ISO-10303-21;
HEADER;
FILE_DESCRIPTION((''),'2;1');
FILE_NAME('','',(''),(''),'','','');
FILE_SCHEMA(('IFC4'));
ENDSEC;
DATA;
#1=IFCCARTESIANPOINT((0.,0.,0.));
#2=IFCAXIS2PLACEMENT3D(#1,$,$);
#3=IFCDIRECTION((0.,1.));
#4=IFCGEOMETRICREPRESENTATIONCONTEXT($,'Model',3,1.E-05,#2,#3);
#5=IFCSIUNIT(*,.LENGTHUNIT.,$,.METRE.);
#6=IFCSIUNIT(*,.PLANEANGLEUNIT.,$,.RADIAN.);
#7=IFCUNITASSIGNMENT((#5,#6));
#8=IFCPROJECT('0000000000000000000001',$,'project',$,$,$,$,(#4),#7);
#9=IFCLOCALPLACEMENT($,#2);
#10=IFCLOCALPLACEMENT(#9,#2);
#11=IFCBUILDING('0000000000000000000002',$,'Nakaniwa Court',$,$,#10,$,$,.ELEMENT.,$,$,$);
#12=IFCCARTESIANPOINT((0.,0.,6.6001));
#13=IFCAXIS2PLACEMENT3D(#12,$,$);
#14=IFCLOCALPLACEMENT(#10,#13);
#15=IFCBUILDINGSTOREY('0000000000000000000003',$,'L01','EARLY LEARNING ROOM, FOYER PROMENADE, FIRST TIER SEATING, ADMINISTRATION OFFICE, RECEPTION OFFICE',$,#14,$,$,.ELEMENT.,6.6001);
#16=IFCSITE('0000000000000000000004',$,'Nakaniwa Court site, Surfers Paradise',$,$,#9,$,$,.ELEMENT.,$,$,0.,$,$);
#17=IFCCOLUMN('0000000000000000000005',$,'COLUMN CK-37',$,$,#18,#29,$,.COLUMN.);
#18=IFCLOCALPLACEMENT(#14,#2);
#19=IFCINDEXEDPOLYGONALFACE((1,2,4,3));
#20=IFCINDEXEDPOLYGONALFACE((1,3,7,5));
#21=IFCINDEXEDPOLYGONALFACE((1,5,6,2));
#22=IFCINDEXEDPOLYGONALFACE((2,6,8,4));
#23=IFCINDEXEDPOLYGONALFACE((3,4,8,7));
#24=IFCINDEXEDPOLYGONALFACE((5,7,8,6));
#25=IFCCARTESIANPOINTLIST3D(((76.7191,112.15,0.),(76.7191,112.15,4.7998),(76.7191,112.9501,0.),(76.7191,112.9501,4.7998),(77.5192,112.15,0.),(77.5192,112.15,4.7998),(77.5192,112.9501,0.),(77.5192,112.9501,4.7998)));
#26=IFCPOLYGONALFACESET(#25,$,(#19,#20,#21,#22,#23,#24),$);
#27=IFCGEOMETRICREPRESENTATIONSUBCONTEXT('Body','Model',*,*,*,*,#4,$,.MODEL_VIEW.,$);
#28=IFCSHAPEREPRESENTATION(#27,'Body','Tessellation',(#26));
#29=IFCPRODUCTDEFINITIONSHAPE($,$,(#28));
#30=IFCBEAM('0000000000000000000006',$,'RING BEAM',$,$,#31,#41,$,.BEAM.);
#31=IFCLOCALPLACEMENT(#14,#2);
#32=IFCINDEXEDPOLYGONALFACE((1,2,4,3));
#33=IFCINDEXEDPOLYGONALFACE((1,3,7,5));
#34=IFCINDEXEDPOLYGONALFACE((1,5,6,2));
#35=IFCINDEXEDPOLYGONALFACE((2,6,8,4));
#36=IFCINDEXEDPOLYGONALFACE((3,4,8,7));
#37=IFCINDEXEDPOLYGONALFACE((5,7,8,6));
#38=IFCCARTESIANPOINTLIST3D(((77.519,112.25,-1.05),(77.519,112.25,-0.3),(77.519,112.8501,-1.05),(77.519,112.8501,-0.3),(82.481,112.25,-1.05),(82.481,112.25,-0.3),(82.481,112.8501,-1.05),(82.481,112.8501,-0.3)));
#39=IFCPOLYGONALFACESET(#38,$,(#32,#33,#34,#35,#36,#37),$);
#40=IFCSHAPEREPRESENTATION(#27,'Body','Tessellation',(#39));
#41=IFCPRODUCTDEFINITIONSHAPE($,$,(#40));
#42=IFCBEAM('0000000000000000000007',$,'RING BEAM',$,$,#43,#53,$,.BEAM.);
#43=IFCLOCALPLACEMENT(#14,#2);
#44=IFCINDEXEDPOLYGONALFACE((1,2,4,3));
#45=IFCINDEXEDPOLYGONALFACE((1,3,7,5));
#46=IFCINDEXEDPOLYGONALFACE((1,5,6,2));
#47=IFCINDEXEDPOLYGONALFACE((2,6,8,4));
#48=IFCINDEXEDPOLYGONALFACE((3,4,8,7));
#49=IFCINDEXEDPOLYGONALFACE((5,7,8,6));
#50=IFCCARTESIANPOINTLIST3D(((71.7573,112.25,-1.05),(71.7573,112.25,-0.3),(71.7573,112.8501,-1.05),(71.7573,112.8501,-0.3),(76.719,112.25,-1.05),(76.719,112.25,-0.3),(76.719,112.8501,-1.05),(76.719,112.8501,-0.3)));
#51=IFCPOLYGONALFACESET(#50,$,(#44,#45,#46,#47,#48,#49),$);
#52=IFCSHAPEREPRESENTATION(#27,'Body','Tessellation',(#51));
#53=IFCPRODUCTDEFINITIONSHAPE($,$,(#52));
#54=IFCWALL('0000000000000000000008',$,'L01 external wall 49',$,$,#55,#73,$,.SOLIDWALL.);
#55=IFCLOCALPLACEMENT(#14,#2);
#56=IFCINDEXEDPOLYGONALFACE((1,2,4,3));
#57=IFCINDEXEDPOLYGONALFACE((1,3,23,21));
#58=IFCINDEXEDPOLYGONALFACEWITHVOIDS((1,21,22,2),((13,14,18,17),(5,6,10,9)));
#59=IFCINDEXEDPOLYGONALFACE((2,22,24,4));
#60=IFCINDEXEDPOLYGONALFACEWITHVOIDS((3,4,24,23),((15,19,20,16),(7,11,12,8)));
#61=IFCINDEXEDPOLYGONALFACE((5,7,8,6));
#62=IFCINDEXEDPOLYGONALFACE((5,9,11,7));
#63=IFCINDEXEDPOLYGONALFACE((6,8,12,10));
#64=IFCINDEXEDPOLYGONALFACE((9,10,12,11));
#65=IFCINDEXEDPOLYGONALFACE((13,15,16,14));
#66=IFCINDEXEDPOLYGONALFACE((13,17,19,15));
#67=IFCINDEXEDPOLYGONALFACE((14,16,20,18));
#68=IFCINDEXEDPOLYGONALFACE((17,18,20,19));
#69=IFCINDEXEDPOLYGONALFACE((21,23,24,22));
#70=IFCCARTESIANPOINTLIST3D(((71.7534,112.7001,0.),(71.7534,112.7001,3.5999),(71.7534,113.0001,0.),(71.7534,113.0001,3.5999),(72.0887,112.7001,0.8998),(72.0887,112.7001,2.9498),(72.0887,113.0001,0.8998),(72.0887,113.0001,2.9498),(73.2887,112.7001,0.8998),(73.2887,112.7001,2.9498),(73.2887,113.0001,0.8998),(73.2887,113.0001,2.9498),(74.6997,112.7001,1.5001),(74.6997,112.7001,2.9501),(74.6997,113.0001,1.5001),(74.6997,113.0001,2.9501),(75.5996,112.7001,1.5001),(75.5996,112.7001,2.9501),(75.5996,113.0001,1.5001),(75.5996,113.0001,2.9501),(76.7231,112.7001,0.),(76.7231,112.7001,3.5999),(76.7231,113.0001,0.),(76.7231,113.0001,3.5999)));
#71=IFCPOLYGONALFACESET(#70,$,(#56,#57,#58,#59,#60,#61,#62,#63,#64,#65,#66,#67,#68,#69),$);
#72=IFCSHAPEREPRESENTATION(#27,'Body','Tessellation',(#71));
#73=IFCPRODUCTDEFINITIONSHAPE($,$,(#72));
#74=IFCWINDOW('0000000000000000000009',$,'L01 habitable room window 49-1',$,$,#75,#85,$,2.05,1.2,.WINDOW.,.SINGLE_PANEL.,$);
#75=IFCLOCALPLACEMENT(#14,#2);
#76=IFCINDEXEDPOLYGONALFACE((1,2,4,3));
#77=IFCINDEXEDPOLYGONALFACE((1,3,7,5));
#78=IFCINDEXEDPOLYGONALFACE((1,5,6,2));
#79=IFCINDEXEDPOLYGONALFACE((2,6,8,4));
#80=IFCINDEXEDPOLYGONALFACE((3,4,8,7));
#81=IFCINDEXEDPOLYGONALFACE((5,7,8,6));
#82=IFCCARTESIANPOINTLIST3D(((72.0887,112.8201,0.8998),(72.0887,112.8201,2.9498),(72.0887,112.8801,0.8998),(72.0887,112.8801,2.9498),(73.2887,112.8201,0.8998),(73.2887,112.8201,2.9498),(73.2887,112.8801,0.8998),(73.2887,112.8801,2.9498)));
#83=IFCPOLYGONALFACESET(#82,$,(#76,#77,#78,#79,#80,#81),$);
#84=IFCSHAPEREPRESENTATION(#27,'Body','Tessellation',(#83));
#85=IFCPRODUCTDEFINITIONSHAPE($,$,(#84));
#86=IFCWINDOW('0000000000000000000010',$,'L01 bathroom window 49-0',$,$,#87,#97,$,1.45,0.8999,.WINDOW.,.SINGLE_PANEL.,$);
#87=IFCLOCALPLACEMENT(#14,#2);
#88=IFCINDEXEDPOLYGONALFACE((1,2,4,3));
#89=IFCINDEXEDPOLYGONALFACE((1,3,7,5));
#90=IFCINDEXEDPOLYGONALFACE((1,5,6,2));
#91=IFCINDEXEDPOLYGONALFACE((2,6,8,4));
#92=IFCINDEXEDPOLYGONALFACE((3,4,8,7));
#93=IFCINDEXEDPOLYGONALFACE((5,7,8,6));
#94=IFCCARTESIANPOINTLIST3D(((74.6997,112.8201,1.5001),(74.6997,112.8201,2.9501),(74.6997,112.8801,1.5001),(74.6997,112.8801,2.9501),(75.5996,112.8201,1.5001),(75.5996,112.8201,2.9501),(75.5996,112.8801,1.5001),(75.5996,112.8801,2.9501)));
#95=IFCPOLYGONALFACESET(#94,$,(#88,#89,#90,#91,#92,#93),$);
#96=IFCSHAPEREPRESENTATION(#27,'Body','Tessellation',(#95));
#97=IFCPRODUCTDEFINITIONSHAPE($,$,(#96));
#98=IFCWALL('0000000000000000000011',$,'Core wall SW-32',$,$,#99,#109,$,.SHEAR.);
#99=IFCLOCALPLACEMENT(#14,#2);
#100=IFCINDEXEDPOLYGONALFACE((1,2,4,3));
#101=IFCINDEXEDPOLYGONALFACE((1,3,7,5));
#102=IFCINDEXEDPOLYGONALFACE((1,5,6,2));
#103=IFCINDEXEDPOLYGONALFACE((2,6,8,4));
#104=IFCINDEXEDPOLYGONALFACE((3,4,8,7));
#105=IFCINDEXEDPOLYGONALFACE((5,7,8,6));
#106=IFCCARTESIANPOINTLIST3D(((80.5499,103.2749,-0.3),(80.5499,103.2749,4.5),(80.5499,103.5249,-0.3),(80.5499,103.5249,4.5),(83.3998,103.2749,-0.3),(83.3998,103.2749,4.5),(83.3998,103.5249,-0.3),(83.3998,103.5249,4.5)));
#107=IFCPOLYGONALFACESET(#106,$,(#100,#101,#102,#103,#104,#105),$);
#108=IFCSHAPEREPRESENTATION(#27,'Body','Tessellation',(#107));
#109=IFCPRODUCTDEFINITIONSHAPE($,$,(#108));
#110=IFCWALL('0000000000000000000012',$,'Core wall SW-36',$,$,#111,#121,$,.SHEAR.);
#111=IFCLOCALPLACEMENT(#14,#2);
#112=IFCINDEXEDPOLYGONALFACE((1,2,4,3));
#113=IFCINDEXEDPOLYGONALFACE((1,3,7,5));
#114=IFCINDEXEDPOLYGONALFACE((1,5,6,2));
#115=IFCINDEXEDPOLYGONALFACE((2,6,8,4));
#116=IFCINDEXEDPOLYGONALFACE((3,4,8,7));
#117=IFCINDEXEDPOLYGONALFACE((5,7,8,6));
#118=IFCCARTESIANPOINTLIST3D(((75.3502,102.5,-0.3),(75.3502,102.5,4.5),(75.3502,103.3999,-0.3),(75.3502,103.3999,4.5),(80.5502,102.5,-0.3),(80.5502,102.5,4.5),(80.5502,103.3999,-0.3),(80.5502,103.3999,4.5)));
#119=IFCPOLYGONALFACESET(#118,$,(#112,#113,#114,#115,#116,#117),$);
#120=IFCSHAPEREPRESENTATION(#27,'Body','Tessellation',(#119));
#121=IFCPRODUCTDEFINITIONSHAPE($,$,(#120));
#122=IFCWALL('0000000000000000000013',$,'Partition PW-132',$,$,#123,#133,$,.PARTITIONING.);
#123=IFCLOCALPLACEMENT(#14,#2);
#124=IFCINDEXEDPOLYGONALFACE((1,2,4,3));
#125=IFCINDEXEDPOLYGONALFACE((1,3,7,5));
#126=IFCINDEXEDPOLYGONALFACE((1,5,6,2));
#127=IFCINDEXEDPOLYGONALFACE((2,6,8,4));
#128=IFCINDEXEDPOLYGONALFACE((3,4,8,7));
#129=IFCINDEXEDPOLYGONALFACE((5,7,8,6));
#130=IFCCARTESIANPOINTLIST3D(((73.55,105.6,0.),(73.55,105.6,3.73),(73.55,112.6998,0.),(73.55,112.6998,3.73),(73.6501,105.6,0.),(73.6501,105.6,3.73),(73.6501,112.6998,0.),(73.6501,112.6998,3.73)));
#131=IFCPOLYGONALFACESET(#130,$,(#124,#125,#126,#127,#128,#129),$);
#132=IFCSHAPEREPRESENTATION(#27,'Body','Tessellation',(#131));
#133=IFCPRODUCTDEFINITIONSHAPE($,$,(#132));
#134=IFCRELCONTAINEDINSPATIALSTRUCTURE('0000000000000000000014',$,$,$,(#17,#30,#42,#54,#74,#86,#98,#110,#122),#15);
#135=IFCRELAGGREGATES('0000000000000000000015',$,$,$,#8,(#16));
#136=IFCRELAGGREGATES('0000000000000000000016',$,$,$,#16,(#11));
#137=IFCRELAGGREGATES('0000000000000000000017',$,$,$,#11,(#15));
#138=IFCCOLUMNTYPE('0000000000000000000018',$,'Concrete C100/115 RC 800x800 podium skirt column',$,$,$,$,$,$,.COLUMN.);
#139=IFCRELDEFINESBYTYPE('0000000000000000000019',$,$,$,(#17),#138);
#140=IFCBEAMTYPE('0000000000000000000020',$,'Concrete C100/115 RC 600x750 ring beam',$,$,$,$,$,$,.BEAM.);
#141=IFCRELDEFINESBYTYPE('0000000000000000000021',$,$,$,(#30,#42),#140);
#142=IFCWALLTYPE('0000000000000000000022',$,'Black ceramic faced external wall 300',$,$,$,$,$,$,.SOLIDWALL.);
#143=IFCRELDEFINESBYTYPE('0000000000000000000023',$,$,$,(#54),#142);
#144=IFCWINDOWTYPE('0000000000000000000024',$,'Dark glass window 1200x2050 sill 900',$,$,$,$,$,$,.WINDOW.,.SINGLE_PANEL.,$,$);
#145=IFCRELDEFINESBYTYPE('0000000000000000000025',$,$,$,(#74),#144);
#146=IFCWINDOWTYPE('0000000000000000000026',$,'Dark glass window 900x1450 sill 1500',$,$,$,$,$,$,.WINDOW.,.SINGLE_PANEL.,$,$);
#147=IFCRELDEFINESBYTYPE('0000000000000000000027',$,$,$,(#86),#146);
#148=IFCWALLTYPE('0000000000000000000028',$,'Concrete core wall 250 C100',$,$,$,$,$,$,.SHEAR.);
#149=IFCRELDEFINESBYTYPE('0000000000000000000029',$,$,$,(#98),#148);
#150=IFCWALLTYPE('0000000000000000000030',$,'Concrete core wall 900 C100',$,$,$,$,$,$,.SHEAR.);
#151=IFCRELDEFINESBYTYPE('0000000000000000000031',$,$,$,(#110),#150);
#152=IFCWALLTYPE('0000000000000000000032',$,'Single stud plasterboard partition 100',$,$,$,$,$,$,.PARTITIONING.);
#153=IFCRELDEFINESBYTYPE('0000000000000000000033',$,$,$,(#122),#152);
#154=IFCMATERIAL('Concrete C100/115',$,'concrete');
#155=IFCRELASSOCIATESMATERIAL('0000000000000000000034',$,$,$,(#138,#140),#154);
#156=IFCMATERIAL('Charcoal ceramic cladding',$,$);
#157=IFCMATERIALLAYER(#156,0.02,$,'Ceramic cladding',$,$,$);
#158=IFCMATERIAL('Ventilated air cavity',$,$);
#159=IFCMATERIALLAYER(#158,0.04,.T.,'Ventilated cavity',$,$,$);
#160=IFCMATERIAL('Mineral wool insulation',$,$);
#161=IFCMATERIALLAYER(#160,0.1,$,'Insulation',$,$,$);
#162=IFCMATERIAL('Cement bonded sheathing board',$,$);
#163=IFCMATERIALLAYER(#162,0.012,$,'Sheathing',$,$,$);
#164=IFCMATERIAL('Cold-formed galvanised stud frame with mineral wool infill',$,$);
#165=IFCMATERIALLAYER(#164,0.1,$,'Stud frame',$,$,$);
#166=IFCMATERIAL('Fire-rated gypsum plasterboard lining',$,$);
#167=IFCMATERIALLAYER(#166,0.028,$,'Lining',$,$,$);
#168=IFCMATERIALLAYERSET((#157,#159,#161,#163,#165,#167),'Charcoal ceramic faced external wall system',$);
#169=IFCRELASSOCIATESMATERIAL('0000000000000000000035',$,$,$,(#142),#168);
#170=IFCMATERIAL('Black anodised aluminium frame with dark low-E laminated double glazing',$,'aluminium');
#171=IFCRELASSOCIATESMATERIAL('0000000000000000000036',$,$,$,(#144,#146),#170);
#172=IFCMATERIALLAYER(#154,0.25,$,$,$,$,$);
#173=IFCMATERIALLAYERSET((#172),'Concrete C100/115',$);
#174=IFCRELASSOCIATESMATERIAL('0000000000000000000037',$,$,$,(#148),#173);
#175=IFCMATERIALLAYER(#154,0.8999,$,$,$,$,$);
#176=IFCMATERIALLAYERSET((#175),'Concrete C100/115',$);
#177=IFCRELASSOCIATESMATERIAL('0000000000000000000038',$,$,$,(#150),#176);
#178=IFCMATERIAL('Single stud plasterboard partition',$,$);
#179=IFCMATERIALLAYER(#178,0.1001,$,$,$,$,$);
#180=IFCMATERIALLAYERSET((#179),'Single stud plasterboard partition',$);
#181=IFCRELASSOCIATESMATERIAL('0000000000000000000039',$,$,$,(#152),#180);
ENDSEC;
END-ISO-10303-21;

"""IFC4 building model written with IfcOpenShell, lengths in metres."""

from ifc_helpers import new_model, si_unit, direction, frame, frame_2d, origin, origin_2d, place, context, subcontext, project, spatial, rectangle, extrude, material, layer, layer_set, material_profile, profile_set, type_object, element, fill, save


model = new_model("IFC4")

# Units and contexts
model_context = context("Model", 3, precision=1e-05, world=origin(), true_north=direction((0.0, 1.0)))
body_context = subcontext(model_context, "Body", "Model", "MODEL_VIEW")
ifc_project = project(units=[si_unit("LENGTHUNIT", "METRE"), si_unit("PLANEANGLEUNIT", "RADIAN")], contexts=[model_context])

# Site, building, storey
site_placement = place(None, origin())
site = spatial("IfcSite", under=ifc_project, at=site_placement, Name="Nakaniwa Court site, Surfers Paradise", CompositionType="ELEMENT", RefElevation=0.0)
building_placement = place(site_placement, origin())
building = spatial("IfcBuilding", under=site, at=building_placement, Name="Nakaniwa Court", CompositionType="ELEMENT")
storey_placement = place(building_placement, frame((0.0, 0.0, 6.6001)))
storey = spatial("IfcBuildingStorey", under=building, at=storey_placement, Name="L01", Description="EARLY LEARNING ROOM, FOYER PROMENADE, FIRST TIER SEATING, ADMINISTRATION OFFICE, RECEPTION OFFICE", CompositionType="ELEMENT", Elevation=6.6001)

# Column
ifc_material_1 = material(Name="Concrete C100/115", Category="concrete")
ifc_material_profile_1 = material_profile(ifc_material_1, rectangle(XDim=0.8, YDim=0.8, at=origin_2d()), Name="Concrete C100/115 RC 800x800 podium skirt column")
ifc_profile_set_1 = profile_set([ifc_material_profile_1], Name="Concrete C100/115")
column_type = type_object("IfcColumnType", Name="Concrete C100/115 RC 800x800 podium skirt column", PredefinedType="COLUMN", material=ifc_profile_set_1)
column_placement = place(storey_placement, frame((77.1191, 112.55, 0.0), z_axis=(0.0, 0.0, 1.0), x_axis=(-1.0, 0.0, 0.0)))
element("IfcColumn", 1, at=column_placement, inside=storey, type_object=column_type, Name="COLUMN CK-37", PredefinedType="COLUMN", context=body_context, shape_type="SweptSolid", body=[
    extrude(rectangle(XDim=0.8, YDim=0.8, at=origin_2d()), origin(), (0.0, 0.0, 1.0), 4.7998),
])

# Beams
ifc_material_profile_2 = material_profile(ifc_material_1, rectangle(XDim=0.6001, YDim=0.75, at=origin_2d()), Name="Concrete C100/115 RC 600x750 ring beam")
ifc_profile_set_2 = profile_set([ifc_material_profile_2], Name="Concrete C100/115")
beam_type = type_object("IfcBeamType", Name="Concrete C100/115 RC 600x750 ring beam", PredefinedType="BEAM", material=ifc_profile_set_2)
beam_1_placement = place(storey_placement, frame((82.481, 112.55, -0.675), z_axis=(-1.0, 0.0, 0.0), x_axis=(0.0, -1.0, 0.0)))
element("IfcBeam", 2, at=beam_1_placement, inside=storey, type_object=beam_type, Name="RING BEAM", PredefinedType="BEAM", context=body_context, shape_type="SweptSolid", body=[
    extrude(rectangle(XDim=0.6001, YDim=0.75, at=origin_2d()), origin(), (0.0, 0.0, 1.0), 4.9619),
])
beam_2_placement = place(storey_placement, frame((76.719, 112.55, -0.675), z_axis=(-1.0, 0.0, 0.0), x_axis=(0.0, -1.0, 0.0)))
element("IfcBeam", 3, at=beam_2_placement, inside=storey, type_object=beam_type, Name="RING BEAM", PredefinedType="BEAM", context=body_context, shape_type="SweptSolid", body=[
    extrude(rectangle(XDim=0.6001, YDim=0.75, at=origin_2d()), origin(), (0.0, 0.0, 1.0), 4.9617),
])

# Wall, openings, windows
ifc_material_2 = material(Name="Charcoal ceramic cladding")
ifc_layer_1 = layer(ifc_material_2, 0.02, Name="Ceramic cladding")
ifc_material_3 = material(Name="Ventilated air cavity")
ifc_layer_2 = layer(ifc_material_3, 0.04, ventilated=True, Name="Ventilated cavity")
ifc_material_4 = material(Name="Mineral wool insulation")
ifc_layer_3 = layer(ifc_material_4, 0.1, Name="Insulation")
ifc_material_5 = material(Name="Cement bonded sheathing board")
ifc_layer_4 = layer(ifc_material_5, 0.012, Name="Sheathing")
ifc_material_6 = material(Name="Cold-formed galvanised stud frame with mineral wool infill")
ifc_layer_5 = layer(ifc_material_6, 0.1, Name="Stud frame")
ifc_material_7 = material(Name="Fire-rated gypsum plasterboard lining")
ifc_layer_6 = layer(ifc_material_7, 0.028, Name="Lining")
ifc_layer_set_1 = layer_set([ifc_layer_1, ifc_layer_2, ifc_layer_3, ifc_layer_4, ifc_layer_5, ifc_layer_6], Name="Charcoal ceramic faced external wall system")
wall_type_1 = type_object("IfcWallType", Name="Black ceramic faced external wall 300", PredefinedType="SOLIDWALL", material=ifc_layer_set_1)
wall_1_placement = place(storey_placement, frame((76.7231, 112.8501, 0.0), z_axis=(0.0, 0.0, 1.0), x_axis=(-1.0, 0.0, 0.0)))
wall_1 = element("IfcWall", 4, at=wall_1_placement, inside=storey, type_object=wall_type_1, Name="L01 external wall 49", PredefinedType="SOLIDWALL", context=body_context, shape_type="SweptSolid", body=[
    extrude(rectangle(XDim=4.9697, YDim=0.3, at=frame_2d((2.4849, 0.0))), origin(), (0.0, 0.0, 1.0), 3.5999),
])
opening_1_placement = place(wall_1_placement, frame((1.1235, 0.0, 1.5)))
opening_1 = element("IfcOpeningElement", 5, at=opening_1_placement, cuts=wall_1, PredefinedType="OPENING", context=body_context, shape_type="SweptSolid", body=[
    extrude(rectangle(XDim=0.8999, YDim=1.45, at=frame_2d((0.45, 0.7251))), frame((0.0, 0.1599, 0.0), z_axis=(0.0, -1.0, 0.0), x_axis=(1.0, 0.0, 0.0)), (0.0, 0.0, 1.0), 0.3201),
])
opening_2_placement = place(wall_1_placement, frame((3.4343, 0.0, 0.8999)))
opening_2 = element("IfcOpeningElement", 6, at=opening_2_placement, cuts=wall_1, PredefinedType="OPENING", context=body_context, shape_type="SweptSolid", body=[
    extrude(rectangle(XDim=1.2, YDim=2.05, at=frame_2d((0.6001, 1.0249))), frame((0.0, 0.1599, 0.0), z_axis=(0.0, -1.0, 0.0), x_axis=(1.0, 0.0, 0.0)), (0.0, 0.0, 1.0), 0.3201),
])
ifc_material_8 = material(Name="Black anodised aluminium frame with dark low-E laminated double glazing", Category="aluminium")
window_type_1 = type_object("IfcWindowType", Name="Dark glass window 1200x2050 sill 900", PartitioningType="SINGLE_PANEL", PredefinedType="WINDOW", material=ifc_material_8)
window_1_placement = place(opening_2_placement, origin())
window_1 = element("IfcWindow", 7, at=window_1_placement, inside=storey, type_object=window_type_1, Name="L01 habitable room window 49-1", OverallHeight=2.05, OverallWidth=1.2, PartitioningType="SINGLE_PANEL", PredefinedType="WINDOW", context=body_context, shape_type="SweptSolid", body=[
    extrude(rectangle(XDim=1.2, YDim=2.05, at=frame_2d((0.6001, 1.0249))), frame((0.0, 0.03, 0.0), z_axis=(0.0, -1.0, 0.0), x_axis=(1.0, 0.0, 0.0)), (0.0, 0.0, 1.0), 0.0601),
])
fill(opening_2, window_1)
window_type_2 = type_object("IfcWindowType", Name="Dark glass window 900x1450 sill 1500", PartitioningType="SINGLE_PANEL", PredefinedType="WINDOW", material=ifc_material_8)
window_2_placement = place(opening_1_placement, origin())
window_2 = element("IfcWindow", 8, at=window_2_placement, inside=storey, type_object=window_type_2, Name="L01 bathroom window 49-0", OverallHeight=1.45, OverallWidth=0.8999, PartitioningType="SINGLE_PANEL", PredefinedType="WINDOW", context=body_context, shape_type="SweptSolid", body=[
    extrude(rectangle(XDim=0.8999, YDim=1.45, at=frame_2d((0.45, 0.7251))), frame((0.0, 0.03, 0.0), z_axis=(0.0, -1.0, 0.0), x_axis=(1.0, 0.0, 0.0)), (0.0, 0.0, 1.0), 0.0601),
])
fill(opening_1, window_2)

# Walls
ifc_layer_7 = layer(ifc_material_1, 0.25)
ifc_layer_set_2 = layer_set([ifc_layer_7], Name="Concrete C100/115")
wall_type_2 = type_object("IfcWallType", Name="Concrete core wall 250 C100", PredefinedType="SHEAR", material=ifc_layer_set_2)
wall_2_placement = place(storey_placement, frame((80.55, 103.3999, -0.3), z_axis=(0.0, 0.0, 1.0), x_axis=(1.0, 0.0, 0.0)))
element("IfcWall", 9, at=wall_2_placement, inside=storey, type_object=wall_type_2, Name="Core wall SW-32", PredefinedType="SHEAR", context=body_context, shape_type="SweptSolid", body=[
    extrude(rectangle(XDim=2.8499, YDim=0.25, at=frame_2d((1.4248, 0.0))), origin(), (0.0, 0.0, 1.0), 4.8),
])
ifc_layer_8 = layer(ifc_material_1, 0.8999)
ifc_layer_set_3 = layer_set([ifc_layer_8], Name="Concrete C100/115")
wall_type_3 = type_object("IfcWallType", Name="Concrete core wall 900 C100", PredefinedType="SHEAR", material=ifc_layer_set_3)
wall_3_placement = place(storey_placement, frame((75.3501, 102.95, -0.3), z_axis=(0.0, 0.0, 1.0), x_axis=(1.0, 0.0, 0.0)))
element("IfcWall", 10, at=wall_3_placement, inside=storey, type_object=wall_type_3, Name="Core wall SW-36", PredefinedType="SHEAR", context=body_context, shape_type="SweptSolid", body=[
    extrude(rectangle(XDim=5.2, YDim=0.8999, at=frame_2d((2.6001, 0.0))), origin(), (0.0, 0.0, 1.0), 4.8),
])
ifc_material_9 = material(Name="Single stud plasterboard partition")
ifc_layer_9 = layer(ifc_material_9, 0.1001)
ifc_layer_set_4 = layer_set([ifc_layer_9], Name="Single stud plasterboard partition")
wall_type_4 = type_object("IfcWallType", Name="Single stud plasterboard partition 100", PredefinedType="PARTITIONING", material=ifc_layer_set_4)
wall_4_placement = place(storey_placement, frame((73.6001, 105.6001, 0.0), z_axis=(0.0, 0.0, 1.0), x_axis=(0.0, 1.0, 0.0)))
element("IfcWall", 11, at=wall_4_placement, inside=storey, type_object=wall_type_4, Name="Partition PW-132", PredefinedType="PARTITIONING", context=body_context, shape_type="SweptSolid", body=[
    extrude(rectangle(XDim=7.0999, YDim=0.1001, at=frame_2d((3.5498, 0.0))), origin(), (0.0, 0.0, 1.0), 3.73),
])

save(model, "model.ifc")
